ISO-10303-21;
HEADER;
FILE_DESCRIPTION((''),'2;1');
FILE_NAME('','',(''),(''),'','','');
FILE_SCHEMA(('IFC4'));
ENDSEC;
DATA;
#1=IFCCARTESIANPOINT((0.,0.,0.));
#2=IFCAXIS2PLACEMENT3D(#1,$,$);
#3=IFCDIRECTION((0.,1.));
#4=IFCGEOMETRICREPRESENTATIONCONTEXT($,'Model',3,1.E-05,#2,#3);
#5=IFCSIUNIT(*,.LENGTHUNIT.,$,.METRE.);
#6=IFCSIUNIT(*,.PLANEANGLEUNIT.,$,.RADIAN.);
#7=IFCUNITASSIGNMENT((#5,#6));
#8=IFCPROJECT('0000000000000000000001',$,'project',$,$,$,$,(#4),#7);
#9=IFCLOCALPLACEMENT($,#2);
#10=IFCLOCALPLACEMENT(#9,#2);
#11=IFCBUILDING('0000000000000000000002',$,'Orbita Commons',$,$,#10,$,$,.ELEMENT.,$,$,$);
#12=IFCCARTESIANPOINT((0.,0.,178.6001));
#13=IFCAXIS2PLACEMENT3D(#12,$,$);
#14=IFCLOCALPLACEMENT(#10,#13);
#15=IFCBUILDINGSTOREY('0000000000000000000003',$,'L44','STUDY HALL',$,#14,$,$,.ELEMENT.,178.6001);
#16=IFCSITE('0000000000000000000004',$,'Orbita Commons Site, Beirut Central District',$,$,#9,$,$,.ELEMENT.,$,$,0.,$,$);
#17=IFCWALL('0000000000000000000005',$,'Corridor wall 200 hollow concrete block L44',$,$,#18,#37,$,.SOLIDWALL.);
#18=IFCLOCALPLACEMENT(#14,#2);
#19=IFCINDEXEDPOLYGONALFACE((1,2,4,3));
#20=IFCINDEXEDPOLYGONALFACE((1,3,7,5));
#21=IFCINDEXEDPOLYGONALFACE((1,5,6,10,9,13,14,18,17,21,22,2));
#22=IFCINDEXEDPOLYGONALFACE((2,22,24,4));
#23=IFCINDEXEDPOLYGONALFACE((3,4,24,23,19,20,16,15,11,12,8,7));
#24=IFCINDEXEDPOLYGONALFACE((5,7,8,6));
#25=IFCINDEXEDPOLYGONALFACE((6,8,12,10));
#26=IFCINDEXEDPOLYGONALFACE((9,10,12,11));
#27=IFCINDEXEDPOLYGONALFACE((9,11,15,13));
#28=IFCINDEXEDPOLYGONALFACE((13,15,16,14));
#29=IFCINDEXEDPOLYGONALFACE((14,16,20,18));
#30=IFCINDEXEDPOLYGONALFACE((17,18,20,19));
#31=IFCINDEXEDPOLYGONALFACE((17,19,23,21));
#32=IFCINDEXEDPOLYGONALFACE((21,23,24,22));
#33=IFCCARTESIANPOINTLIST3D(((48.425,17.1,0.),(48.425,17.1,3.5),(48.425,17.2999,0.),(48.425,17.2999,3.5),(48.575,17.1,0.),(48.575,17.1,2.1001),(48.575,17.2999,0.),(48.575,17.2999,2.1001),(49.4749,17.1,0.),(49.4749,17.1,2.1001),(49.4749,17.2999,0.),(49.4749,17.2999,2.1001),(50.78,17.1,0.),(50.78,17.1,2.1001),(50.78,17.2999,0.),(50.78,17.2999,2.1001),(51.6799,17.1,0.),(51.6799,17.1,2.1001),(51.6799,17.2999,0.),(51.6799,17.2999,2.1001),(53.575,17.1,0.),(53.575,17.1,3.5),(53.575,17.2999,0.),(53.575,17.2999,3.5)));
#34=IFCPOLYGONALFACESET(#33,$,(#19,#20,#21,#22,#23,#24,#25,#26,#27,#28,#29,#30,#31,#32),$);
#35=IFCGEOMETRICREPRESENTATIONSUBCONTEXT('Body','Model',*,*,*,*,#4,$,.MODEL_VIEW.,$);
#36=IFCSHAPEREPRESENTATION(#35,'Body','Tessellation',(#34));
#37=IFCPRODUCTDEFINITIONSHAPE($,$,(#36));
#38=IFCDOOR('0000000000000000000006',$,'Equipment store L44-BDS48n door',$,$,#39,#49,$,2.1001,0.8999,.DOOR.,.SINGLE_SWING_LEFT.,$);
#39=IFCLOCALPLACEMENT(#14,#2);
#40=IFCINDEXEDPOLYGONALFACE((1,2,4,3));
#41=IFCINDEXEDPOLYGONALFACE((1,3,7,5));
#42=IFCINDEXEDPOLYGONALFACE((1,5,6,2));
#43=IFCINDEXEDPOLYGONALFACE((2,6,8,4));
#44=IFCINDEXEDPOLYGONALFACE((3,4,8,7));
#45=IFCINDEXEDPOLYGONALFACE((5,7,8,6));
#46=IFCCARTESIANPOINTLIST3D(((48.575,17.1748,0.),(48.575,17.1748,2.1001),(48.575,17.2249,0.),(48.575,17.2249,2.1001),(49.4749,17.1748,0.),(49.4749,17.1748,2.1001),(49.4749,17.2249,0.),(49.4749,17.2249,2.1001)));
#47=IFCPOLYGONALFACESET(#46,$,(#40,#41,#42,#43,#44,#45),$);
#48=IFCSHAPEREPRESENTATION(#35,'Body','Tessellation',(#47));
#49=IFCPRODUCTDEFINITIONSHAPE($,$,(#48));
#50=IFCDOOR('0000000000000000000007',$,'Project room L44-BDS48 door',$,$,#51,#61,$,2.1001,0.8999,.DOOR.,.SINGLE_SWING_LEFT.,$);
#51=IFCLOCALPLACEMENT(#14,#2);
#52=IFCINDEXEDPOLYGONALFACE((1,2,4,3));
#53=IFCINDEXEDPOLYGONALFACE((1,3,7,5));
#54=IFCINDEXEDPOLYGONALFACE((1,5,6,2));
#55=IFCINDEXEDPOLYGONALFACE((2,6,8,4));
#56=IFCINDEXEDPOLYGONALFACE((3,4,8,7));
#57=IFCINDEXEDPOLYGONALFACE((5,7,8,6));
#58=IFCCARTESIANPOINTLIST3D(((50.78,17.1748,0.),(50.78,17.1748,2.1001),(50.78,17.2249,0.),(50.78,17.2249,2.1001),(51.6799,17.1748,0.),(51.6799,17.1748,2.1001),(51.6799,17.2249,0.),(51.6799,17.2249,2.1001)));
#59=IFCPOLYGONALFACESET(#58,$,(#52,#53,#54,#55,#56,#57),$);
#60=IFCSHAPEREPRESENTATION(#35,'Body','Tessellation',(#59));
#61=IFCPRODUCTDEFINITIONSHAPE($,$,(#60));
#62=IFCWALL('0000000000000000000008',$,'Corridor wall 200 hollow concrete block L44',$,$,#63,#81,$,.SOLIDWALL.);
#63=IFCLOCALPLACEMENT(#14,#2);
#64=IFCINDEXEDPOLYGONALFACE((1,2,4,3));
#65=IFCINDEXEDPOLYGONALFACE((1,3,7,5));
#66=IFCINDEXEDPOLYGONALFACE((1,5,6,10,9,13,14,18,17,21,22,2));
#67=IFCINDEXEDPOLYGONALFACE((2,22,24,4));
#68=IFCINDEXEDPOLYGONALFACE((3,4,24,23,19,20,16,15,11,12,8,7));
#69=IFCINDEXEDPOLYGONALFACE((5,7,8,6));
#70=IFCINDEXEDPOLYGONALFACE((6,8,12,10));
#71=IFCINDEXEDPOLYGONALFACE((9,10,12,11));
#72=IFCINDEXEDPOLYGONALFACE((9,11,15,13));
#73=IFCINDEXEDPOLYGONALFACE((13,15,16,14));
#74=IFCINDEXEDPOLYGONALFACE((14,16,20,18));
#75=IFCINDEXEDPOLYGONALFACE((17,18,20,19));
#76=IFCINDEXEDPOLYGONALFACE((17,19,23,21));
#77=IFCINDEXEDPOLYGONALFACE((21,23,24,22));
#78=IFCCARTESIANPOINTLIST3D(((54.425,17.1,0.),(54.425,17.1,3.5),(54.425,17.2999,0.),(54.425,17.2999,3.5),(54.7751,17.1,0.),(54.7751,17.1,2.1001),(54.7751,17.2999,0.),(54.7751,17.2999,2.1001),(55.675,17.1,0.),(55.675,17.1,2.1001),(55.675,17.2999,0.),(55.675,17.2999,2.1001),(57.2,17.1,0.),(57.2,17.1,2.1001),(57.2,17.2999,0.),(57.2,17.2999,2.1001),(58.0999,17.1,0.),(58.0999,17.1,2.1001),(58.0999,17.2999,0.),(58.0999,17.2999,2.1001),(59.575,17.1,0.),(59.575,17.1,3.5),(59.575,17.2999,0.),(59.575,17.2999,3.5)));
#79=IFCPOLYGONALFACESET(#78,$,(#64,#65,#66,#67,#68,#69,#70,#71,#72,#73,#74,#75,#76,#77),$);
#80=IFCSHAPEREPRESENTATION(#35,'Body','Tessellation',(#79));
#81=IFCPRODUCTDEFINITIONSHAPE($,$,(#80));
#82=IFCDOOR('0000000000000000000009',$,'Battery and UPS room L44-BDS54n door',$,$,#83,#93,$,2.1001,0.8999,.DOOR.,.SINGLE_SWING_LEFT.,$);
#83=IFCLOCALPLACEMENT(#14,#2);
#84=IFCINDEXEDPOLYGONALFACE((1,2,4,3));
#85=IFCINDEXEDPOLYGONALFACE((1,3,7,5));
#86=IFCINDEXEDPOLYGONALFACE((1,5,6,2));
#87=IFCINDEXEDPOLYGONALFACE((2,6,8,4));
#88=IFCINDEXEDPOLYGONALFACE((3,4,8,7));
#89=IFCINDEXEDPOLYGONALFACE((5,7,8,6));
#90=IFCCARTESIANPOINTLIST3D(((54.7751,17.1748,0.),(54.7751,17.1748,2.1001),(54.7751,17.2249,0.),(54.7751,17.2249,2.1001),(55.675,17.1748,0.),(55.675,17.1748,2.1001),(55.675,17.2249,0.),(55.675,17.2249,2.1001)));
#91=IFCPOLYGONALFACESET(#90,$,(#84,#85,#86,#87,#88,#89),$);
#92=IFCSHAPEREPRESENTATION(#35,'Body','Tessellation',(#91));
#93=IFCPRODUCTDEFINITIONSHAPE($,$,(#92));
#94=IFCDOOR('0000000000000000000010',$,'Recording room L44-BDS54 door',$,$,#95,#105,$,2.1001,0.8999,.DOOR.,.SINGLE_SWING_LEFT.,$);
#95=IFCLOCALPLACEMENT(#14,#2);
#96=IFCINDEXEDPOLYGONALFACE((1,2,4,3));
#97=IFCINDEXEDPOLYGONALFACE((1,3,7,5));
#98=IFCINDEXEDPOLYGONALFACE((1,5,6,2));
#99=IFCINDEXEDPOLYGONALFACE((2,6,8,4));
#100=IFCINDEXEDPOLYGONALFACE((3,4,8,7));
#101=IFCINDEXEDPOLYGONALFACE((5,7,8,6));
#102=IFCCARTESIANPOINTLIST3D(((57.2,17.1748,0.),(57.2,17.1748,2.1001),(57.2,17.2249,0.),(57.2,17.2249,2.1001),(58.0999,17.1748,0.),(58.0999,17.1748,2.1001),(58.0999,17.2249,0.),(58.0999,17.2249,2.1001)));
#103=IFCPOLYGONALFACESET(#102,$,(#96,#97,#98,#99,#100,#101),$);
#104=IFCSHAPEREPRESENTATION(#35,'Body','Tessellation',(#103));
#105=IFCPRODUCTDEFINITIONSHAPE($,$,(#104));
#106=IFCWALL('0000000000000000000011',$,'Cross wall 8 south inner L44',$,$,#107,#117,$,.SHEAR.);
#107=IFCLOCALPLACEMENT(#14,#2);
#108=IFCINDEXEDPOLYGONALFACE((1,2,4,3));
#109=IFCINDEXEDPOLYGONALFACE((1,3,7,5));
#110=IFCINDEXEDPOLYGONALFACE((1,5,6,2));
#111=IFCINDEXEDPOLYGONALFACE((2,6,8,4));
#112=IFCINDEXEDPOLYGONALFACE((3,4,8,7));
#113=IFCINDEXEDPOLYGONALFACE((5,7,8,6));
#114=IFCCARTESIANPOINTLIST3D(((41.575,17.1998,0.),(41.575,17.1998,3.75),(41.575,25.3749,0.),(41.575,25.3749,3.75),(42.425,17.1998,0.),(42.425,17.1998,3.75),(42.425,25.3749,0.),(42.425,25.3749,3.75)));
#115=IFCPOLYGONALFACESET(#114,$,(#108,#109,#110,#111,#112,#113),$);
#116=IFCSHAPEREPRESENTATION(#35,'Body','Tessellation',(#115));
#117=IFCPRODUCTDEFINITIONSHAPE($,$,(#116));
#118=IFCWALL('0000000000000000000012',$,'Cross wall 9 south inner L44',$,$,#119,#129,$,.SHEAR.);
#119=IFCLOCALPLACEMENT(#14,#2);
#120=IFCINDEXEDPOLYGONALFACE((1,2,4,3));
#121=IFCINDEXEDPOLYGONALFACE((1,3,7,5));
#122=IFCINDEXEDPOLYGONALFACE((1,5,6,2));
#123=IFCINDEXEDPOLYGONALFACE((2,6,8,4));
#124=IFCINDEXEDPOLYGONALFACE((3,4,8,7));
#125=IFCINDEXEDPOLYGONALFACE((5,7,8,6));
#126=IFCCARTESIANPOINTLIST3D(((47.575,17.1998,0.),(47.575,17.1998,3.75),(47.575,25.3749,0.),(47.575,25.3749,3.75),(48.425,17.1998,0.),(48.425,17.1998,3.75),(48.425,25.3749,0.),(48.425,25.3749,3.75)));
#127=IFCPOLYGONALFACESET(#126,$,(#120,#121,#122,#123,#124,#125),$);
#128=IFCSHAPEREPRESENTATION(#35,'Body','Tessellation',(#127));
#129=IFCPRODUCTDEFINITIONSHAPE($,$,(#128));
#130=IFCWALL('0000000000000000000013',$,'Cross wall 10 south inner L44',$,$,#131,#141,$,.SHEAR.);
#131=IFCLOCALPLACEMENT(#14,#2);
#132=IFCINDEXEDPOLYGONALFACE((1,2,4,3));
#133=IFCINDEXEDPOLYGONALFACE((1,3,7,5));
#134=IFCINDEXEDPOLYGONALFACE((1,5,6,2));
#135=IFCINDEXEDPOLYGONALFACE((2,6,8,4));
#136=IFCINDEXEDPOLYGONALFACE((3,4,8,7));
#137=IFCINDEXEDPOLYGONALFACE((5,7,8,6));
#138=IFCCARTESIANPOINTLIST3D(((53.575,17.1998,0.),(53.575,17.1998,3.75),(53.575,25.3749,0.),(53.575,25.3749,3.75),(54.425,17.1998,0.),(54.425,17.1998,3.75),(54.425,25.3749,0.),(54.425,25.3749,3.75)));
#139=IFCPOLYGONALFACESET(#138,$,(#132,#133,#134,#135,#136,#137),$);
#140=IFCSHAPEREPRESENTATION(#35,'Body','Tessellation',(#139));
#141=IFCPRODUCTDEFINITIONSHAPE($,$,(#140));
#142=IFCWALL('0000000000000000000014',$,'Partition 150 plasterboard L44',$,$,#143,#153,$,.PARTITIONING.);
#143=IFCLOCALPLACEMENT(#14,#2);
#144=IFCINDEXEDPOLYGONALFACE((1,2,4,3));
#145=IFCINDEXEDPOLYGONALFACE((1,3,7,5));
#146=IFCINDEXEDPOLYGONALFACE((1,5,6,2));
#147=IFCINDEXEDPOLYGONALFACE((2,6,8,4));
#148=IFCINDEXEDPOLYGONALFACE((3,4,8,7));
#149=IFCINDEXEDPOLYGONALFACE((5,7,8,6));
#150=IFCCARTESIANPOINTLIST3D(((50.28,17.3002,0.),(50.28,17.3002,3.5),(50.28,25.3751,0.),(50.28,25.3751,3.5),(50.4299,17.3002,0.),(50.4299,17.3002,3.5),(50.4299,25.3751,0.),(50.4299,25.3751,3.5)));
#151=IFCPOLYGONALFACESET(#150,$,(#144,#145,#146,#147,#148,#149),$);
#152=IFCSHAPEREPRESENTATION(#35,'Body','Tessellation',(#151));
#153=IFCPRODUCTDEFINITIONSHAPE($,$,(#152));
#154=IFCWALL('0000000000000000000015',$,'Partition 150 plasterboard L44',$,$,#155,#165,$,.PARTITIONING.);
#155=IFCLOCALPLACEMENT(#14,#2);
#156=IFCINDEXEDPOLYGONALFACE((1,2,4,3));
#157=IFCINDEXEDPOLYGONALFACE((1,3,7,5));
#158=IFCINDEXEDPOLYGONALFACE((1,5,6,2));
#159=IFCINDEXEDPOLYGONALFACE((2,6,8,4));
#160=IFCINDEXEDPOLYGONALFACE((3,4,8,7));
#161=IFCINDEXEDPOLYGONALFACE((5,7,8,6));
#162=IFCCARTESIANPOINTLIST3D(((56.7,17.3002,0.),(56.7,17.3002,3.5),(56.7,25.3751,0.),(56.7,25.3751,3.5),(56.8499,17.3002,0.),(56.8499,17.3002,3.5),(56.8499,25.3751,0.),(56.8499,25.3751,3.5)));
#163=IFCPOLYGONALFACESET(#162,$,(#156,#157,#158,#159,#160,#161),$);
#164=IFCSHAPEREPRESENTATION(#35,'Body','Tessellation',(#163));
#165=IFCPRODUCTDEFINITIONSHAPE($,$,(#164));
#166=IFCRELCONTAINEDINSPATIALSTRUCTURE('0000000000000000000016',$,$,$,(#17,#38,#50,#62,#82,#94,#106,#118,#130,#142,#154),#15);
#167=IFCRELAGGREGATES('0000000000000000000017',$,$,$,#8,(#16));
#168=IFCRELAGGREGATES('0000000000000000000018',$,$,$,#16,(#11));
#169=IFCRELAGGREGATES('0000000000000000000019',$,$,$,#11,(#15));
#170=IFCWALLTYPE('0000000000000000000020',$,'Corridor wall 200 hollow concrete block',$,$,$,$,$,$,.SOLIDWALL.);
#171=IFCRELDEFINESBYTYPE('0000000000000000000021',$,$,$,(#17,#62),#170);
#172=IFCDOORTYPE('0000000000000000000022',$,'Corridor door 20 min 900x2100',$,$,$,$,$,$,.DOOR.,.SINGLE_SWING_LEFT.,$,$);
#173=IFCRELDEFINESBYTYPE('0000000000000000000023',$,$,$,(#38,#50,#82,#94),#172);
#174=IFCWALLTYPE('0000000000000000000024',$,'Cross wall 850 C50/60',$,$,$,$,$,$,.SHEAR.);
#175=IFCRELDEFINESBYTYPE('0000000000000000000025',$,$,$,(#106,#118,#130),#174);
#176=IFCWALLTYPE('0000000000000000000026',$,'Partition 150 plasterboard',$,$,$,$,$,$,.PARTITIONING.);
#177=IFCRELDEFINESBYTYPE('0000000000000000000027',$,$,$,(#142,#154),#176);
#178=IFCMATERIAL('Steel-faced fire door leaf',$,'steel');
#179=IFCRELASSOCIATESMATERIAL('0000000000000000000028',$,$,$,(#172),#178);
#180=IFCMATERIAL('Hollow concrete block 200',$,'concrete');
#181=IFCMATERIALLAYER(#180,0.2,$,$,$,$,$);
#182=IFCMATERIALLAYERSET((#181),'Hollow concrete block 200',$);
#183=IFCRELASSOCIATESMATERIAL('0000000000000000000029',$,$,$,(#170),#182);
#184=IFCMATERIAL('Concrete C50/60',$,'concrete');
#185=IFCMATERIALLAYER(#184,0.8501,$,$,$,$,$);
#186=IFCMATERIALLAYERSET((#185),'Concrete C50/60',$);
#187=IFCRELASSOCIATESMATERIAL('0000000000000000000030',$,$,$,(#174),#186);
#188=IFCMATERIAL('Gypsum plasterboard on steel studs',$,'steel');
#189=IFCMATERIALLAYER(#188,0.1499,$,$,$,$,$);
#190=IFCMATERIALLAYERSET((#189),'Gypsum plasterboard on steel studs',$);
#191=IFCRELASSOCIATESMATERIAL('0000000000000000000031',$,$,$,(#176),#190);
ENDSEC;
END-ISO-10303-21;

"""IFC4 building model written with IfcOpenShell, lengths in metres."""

from ifc_helpers import new_model, si_unit, direction, frame, frame_2d, origin, place, context, subcontext, project, spatial, rectangle, extrude, material, layer, layer_set, type_object, element, fill, save


model = new_model("IFC4")

# Units and contexts
model_context = context("Model", 3, precision=1e-05, world=origin(), true_north=direction((0.0, 1.0)))
body_context = subcontext(model_context, "Body", "Model", "MODEL_VIEW")
ifc_project = project(units=[si_unit("LENGTHUNIT", "METRE"), si_unit("PLANEANGLEUNIT", "RADIAN")], contexts=[model_context])

# Site, building, storey
site_placement = place(None, origin())
site = spatial("IfcSite", under=ifc_project, at=site_placement, Name="Orbita Commons Site, Beirut Central District", CompositionType="ELEMENT", RefElevation=0.0)
building_placement = place(site_placement, origin())
building = spatial("IfcBuilding", under=site, at=building_placement, Name="Orbita Commons", CompositionType="ELEMENT")
storey_placement = place(building_placement, frame((0.0, 0.0, 178.6001)))
storey = spatial("IfcBuildingStorey", under=building, at=storey_placement, Name="L44", Description="STUDY HALL", CompositionType="ELEMENT", Elevation=178.6001)

# Shared definitions
ifc_material_1 = material(Name="Steel-faced fire door leaf", Category="steel")
door_type_1 = type_object("IfcDoorType", Name="Corridor door 20 min 900x2100", OperationType="SINGLE_SWING_LEFT", PredefinedType="DOOR", material=ifc_material_1)
ifc_material_2 = material(Name="Hollow concrete block 200", Category="concrete")
ifc_layer_1 = layer(ifc_material_2, 0.2)
ifc_layer_set_1 = layer_set([ifc_layer_1], Name="Hollow concrete block 200")
wall_type_1 = type_object("IfcWallType", Name="Corridor wall 200 hollow concrete block", PredefinedType="SOLIDWALL", material=ifc_layer_set_1)

# Walls, openings, doors
wall_1_placement = place(storey_placement, frame((48.425, 17.2, 0.0), z_axis=(0.0, 0.0, 1.0), x_axis=(1.0, 0.0, 0.0)))
wall_1 = element("IfcWall", 1, at=wall_1_placement, inside=storey, type_object=wall_type_1, Name="Corridor wall 200 hollow concrete block L44", PredefinedType="SOLIDWALL", context=body_context, shape_type="SweptSolid", body=[
    extrude(rectangle(XDim=5.1499, YDim=0.2, at=frame_2d((2.575, 0.0))), origin(), (0.0, 0.0, 1.0), 3.5),
])
opening_1_placement = place(wall_1_placement, frame((0.1499, 0.0, 0.0)))
opening_1 = element("IfcOpeningElement", 2, at=opening_1_placement, cuts=wall_1, PredefinedType="OPENING", context=body_context, shape_type="SweptSolid", body=[
    extrude(rectangle(XDim=0.8999, YDim=2.1001, at=frame_2d((0.45, 1.05))), frame((0.0, 0.1099, 0.0), z_axis=(0.0, -1.0, 0.0), x_axis=(1.0, 0.0, 0.0)), (0.0, 0.0, 1.0), 0.22),
])
opening_2_placement = place(wall_1_placement, frame((2.355, 0.0, 0.0)))
opening_2 = element("IfcOpeningElement", 3, at=opening_2_placement, cuts=wall_1, PredefinedType="OPENING", context=body_context, shape_type="SweptSolid", body=[
    extrude(rectangle(XDim=0.8999, YDim=2.1001, at=frame_2d((0.45, 1.05))), frame((0.0, 0.1099, 0.0), z_axis=(0.0, -1.0, 0.0), x_axis=(1.0, 0.0, 0.0)), (0.0, 0.0, 1.0), 0.22),
])
door_1_placement = place(opening_1_placement, origin())
door_1 = element("IfcDoor", 4, at=door_1_placement, inside=storey, type_object=door_type_1, Name="Equipment store L44-BDS48n door", OperationType="SINGLE_SWING_LEFT", OverallHeight=2.1001, OverallWidth=0.8999, PredefinedType="DOOR", context=body_context, shape_type="SweptSolid", body=[
    extrude(rectangle(XDim=0.8999, YDim=2.1001, at=frame_2d((0.45, 1.05))), frame((0.0, 0.0249, 0.0), z_axis=(0.0, -1.0, 0.0), x_axis=(1.0, 0.0, 0.0)), (0.0, 0.0, 1.0), 0.05),
])
fill(opening_1, door_1)
door_2_placement = place(opening_2_placement, origin())
door_2 = element("IfcDoor", 5, at=door_2_placement, inside=storey, type_object=door_type_1, Name="Project room L44-BDS48 door", OperationType="SINGLE_SWING_LEFT", OverallHeight=2.1001, OverallWidth=0.8999, PredefinedType="DOOR", context=body_context, shape_type="SweptSolid", body=[
    extrude(rectangle(XDim=0.8999, YDim=2.1001, at=frame_2d((0.45, 1.05))), frame((0.0, 0.0249, 0.0), z_axis=(0.0, -1.0, 0.0), x_axis=(1.0, 0.0, 0.0)), (0.0, 0.0, 1.0), 0.05),
])
fill(opening_2, door_2)
wall_2_placement = place(storey_placement, frame((54.425, 17.2, 0.0), z_axis=(0.0, 0.0, 1.0), x_axis=(1.0, 0.0, 0.0)))
wall_2 = element("IfcWall", 6, at=wall_2_placement, inside=storey, type_object=wall_type_1, Name="Corridor wall 200 hollow concrete block L44", PredefinedType="SOLIDWALL", context=body_context, shape_type="SweptSolid", body=[
    extrude(rectangle(XDim=5.1499, YDim=0.2, at=frame_2d((2.575, 0.0))), origin(), (0.0, 0.0, 1.0), 3.5),
])
opening_3_placement = place(wall_2_placement, frame((0.3501, 0.0, 0.0)))
opening_3 = element("IfcOpeningElement", 7, at=opening_3_placement, cuts=wall_2, PredefinedType="OPENING", context=body_context, shape_type="SweptSolid", body=[
    extrude(rectangle(XDim=0.8999, YDim=2.1001, at=frame_2d((0.45, 1.05))), frame((0.0, 0.1099, 0.0), z_axis=(0.0, -1.0, 0.0), x_axis=(1.0, 0.0, 0.0)), (0.0, 0.0, 1.0), 0.22),
])
opening_4_placement = place(wall_2_placement, frame((2.7749, 0.0, 0.0)))
opening_4 = element("IfcOpeningElement", 8, at=opening_4_placement, cuts=wall_2, PredefinedType="OPENING", context=body_context, shape_type="SweptSolid", body=[
    extrude(rectangle(XDim=0.8999, YDim=2.1001, at=frame_2d((0.45, 1.05))), frame((0.0, 0.1099, 0.0), z_axis=(0.0, -1.0, 0.0), x_axis=(1.0, 0.0, 0.0)), (0.0, 0.0, 1.0), 0.22),
])
door_3_placement = place(opening_3_placement, origin())
door_3 = element("IfcDoor", 9, at=door_3_placement, inside=storey, type_object=door_type_1, Name="Battery and UPS room L44-BDS54n door", OperationType="SINGLE_SWING_LEFT", OverallHeight=2.1001, OverallWidth=0.8999, PredefinedType="DOOR", context=body_context, shape_type="SweptSolid", body=[
    extrude(rectangle(XDim=0.8999, YDim=2.1001, at=frame_2d((0.45, 1.05))), frame((0.0, 0.0249, 0.0), z_axis=(0.0, -1.0, 0.0), x_axis=(1.0, 0.0, 0.0)), (0.0, 0.0, 1.0), 0.05),
])
fill(opening_3, door_3)
door_4_placement = place(opening_4_placement, origin())
door_4 = element("IfcDoor", 10, at=door_4_placement, inside=storey, type_object=door_type_1, Name="Recording room L44-BDS54 door", OperationType="SINGLE_SWING_LEFT", OverallHeight=2.1001, OverallWidth=0.8999, PredefinedType="DOOR", context=body_context, shape_type="SweptSolid", body=[
    extrude(rectangle(XDim=0.8999, YDim=2.1001, at=frame_2d((0.45, 1.05))), frame((0.0, 0.0249, 0.0), z_axis=(0.0, -1.0, 0.0), x_axis=(1.0, 0.0, 0.0)), (0.0, 0.0, 1.0), 0.05),
])
fill(opening_4, door_4)

# Walls
ifc_material_3 = material(Name="Concrete C50/60", Category="concrete")
ifc_layer_2 = layer(ifc_material_3, 0.8501)
ifc_layer_set_2 = layer_set([ifc_layer_2], Name="Concrete C50/60")
wall_type_2 = type_object("IfcWallType", Name="Cross wall 850 C50/60", PredefinedType="SHEAR", material=ifc_layer_set_2)
for number, where, z_axis, x_axis, name in (
    (11, (42.0, 17.2, 0.0), (0.0, 0.0, 1.0), (0.0, 1.0, 0.0), "Cross wall 8 south inner L44"),
    (12, (48.0, 17.2, 0.0), (0.0, 0.0, 1.0), (0.0, 1.0, 0.0), "Cross wall 9 south inner L44"),
    (13, (54.0, 17.2, 0.0), (0.0, 0.0, 1.0), (0.0, 1.0, 0.0), "Cross wall 10 south inner L44"),
):
    element("IfcWall", number, at=place(storey_placement, frame(where, z_axis=z_axis, x_axis=x_axis)), inside=storey, type_object=wall_type_2, Name=name, PredefinedType="SHEAR", context=body_context, shape_type="SweptSolid", body=[
        extrude(rectangle(XDim=8.175, YDim=0.8501, at=frame_2d((4.0874, 0.0))), origin(), (0.0, 0.0, 1.0), 3.75),
    ])
ifc_material_4 = material(Name="Gypsum plasterboard on steel studs", Category="steel")
ifc_layer_3 = layer(ifc_material_4, 0.1499)
ifc_layer_set_3 = layer_set([ifc_layer_3], Name="Gypsum plasterboard on steel studs")
wall_type_3 = type_object("IfcWallType", Name="Partition 150 plasterboard", PredefinedType="PARTITIONING", material=ifc_layer_set_3)
for number, where, z_axis, x_axis, name in (
    (14, (50.355, 17.3, 0.0), (0.0, 0.0, 1.0), (0.0, 1.0, 0.0), "Partition 150 plasterboard L44"),
    (15, (56.7749, 17.3, 0.0), (0.0, 0.0, 1.0), (0.0, 1.0, 0.0), "Partition 150 plasterboard L44"),
):
    element("IfcWall", number, at=place(storey_placement, frame(where, z_axis=z_axis, x_axis=x_axis)), inside=storey, type_object=wall_type_3, Name=name, PredefinedType="PARTITIONING", context=body_context, shape_type="SweptSolid", body=[
        extrude(rectangle(XDim=8.075, YDim=0.1499, at=frame_2d((4.0376, 0.0))), origin(), (0.0, 0.0, 1.0), 3.5),
    ])

save(model, "model.ifc")
